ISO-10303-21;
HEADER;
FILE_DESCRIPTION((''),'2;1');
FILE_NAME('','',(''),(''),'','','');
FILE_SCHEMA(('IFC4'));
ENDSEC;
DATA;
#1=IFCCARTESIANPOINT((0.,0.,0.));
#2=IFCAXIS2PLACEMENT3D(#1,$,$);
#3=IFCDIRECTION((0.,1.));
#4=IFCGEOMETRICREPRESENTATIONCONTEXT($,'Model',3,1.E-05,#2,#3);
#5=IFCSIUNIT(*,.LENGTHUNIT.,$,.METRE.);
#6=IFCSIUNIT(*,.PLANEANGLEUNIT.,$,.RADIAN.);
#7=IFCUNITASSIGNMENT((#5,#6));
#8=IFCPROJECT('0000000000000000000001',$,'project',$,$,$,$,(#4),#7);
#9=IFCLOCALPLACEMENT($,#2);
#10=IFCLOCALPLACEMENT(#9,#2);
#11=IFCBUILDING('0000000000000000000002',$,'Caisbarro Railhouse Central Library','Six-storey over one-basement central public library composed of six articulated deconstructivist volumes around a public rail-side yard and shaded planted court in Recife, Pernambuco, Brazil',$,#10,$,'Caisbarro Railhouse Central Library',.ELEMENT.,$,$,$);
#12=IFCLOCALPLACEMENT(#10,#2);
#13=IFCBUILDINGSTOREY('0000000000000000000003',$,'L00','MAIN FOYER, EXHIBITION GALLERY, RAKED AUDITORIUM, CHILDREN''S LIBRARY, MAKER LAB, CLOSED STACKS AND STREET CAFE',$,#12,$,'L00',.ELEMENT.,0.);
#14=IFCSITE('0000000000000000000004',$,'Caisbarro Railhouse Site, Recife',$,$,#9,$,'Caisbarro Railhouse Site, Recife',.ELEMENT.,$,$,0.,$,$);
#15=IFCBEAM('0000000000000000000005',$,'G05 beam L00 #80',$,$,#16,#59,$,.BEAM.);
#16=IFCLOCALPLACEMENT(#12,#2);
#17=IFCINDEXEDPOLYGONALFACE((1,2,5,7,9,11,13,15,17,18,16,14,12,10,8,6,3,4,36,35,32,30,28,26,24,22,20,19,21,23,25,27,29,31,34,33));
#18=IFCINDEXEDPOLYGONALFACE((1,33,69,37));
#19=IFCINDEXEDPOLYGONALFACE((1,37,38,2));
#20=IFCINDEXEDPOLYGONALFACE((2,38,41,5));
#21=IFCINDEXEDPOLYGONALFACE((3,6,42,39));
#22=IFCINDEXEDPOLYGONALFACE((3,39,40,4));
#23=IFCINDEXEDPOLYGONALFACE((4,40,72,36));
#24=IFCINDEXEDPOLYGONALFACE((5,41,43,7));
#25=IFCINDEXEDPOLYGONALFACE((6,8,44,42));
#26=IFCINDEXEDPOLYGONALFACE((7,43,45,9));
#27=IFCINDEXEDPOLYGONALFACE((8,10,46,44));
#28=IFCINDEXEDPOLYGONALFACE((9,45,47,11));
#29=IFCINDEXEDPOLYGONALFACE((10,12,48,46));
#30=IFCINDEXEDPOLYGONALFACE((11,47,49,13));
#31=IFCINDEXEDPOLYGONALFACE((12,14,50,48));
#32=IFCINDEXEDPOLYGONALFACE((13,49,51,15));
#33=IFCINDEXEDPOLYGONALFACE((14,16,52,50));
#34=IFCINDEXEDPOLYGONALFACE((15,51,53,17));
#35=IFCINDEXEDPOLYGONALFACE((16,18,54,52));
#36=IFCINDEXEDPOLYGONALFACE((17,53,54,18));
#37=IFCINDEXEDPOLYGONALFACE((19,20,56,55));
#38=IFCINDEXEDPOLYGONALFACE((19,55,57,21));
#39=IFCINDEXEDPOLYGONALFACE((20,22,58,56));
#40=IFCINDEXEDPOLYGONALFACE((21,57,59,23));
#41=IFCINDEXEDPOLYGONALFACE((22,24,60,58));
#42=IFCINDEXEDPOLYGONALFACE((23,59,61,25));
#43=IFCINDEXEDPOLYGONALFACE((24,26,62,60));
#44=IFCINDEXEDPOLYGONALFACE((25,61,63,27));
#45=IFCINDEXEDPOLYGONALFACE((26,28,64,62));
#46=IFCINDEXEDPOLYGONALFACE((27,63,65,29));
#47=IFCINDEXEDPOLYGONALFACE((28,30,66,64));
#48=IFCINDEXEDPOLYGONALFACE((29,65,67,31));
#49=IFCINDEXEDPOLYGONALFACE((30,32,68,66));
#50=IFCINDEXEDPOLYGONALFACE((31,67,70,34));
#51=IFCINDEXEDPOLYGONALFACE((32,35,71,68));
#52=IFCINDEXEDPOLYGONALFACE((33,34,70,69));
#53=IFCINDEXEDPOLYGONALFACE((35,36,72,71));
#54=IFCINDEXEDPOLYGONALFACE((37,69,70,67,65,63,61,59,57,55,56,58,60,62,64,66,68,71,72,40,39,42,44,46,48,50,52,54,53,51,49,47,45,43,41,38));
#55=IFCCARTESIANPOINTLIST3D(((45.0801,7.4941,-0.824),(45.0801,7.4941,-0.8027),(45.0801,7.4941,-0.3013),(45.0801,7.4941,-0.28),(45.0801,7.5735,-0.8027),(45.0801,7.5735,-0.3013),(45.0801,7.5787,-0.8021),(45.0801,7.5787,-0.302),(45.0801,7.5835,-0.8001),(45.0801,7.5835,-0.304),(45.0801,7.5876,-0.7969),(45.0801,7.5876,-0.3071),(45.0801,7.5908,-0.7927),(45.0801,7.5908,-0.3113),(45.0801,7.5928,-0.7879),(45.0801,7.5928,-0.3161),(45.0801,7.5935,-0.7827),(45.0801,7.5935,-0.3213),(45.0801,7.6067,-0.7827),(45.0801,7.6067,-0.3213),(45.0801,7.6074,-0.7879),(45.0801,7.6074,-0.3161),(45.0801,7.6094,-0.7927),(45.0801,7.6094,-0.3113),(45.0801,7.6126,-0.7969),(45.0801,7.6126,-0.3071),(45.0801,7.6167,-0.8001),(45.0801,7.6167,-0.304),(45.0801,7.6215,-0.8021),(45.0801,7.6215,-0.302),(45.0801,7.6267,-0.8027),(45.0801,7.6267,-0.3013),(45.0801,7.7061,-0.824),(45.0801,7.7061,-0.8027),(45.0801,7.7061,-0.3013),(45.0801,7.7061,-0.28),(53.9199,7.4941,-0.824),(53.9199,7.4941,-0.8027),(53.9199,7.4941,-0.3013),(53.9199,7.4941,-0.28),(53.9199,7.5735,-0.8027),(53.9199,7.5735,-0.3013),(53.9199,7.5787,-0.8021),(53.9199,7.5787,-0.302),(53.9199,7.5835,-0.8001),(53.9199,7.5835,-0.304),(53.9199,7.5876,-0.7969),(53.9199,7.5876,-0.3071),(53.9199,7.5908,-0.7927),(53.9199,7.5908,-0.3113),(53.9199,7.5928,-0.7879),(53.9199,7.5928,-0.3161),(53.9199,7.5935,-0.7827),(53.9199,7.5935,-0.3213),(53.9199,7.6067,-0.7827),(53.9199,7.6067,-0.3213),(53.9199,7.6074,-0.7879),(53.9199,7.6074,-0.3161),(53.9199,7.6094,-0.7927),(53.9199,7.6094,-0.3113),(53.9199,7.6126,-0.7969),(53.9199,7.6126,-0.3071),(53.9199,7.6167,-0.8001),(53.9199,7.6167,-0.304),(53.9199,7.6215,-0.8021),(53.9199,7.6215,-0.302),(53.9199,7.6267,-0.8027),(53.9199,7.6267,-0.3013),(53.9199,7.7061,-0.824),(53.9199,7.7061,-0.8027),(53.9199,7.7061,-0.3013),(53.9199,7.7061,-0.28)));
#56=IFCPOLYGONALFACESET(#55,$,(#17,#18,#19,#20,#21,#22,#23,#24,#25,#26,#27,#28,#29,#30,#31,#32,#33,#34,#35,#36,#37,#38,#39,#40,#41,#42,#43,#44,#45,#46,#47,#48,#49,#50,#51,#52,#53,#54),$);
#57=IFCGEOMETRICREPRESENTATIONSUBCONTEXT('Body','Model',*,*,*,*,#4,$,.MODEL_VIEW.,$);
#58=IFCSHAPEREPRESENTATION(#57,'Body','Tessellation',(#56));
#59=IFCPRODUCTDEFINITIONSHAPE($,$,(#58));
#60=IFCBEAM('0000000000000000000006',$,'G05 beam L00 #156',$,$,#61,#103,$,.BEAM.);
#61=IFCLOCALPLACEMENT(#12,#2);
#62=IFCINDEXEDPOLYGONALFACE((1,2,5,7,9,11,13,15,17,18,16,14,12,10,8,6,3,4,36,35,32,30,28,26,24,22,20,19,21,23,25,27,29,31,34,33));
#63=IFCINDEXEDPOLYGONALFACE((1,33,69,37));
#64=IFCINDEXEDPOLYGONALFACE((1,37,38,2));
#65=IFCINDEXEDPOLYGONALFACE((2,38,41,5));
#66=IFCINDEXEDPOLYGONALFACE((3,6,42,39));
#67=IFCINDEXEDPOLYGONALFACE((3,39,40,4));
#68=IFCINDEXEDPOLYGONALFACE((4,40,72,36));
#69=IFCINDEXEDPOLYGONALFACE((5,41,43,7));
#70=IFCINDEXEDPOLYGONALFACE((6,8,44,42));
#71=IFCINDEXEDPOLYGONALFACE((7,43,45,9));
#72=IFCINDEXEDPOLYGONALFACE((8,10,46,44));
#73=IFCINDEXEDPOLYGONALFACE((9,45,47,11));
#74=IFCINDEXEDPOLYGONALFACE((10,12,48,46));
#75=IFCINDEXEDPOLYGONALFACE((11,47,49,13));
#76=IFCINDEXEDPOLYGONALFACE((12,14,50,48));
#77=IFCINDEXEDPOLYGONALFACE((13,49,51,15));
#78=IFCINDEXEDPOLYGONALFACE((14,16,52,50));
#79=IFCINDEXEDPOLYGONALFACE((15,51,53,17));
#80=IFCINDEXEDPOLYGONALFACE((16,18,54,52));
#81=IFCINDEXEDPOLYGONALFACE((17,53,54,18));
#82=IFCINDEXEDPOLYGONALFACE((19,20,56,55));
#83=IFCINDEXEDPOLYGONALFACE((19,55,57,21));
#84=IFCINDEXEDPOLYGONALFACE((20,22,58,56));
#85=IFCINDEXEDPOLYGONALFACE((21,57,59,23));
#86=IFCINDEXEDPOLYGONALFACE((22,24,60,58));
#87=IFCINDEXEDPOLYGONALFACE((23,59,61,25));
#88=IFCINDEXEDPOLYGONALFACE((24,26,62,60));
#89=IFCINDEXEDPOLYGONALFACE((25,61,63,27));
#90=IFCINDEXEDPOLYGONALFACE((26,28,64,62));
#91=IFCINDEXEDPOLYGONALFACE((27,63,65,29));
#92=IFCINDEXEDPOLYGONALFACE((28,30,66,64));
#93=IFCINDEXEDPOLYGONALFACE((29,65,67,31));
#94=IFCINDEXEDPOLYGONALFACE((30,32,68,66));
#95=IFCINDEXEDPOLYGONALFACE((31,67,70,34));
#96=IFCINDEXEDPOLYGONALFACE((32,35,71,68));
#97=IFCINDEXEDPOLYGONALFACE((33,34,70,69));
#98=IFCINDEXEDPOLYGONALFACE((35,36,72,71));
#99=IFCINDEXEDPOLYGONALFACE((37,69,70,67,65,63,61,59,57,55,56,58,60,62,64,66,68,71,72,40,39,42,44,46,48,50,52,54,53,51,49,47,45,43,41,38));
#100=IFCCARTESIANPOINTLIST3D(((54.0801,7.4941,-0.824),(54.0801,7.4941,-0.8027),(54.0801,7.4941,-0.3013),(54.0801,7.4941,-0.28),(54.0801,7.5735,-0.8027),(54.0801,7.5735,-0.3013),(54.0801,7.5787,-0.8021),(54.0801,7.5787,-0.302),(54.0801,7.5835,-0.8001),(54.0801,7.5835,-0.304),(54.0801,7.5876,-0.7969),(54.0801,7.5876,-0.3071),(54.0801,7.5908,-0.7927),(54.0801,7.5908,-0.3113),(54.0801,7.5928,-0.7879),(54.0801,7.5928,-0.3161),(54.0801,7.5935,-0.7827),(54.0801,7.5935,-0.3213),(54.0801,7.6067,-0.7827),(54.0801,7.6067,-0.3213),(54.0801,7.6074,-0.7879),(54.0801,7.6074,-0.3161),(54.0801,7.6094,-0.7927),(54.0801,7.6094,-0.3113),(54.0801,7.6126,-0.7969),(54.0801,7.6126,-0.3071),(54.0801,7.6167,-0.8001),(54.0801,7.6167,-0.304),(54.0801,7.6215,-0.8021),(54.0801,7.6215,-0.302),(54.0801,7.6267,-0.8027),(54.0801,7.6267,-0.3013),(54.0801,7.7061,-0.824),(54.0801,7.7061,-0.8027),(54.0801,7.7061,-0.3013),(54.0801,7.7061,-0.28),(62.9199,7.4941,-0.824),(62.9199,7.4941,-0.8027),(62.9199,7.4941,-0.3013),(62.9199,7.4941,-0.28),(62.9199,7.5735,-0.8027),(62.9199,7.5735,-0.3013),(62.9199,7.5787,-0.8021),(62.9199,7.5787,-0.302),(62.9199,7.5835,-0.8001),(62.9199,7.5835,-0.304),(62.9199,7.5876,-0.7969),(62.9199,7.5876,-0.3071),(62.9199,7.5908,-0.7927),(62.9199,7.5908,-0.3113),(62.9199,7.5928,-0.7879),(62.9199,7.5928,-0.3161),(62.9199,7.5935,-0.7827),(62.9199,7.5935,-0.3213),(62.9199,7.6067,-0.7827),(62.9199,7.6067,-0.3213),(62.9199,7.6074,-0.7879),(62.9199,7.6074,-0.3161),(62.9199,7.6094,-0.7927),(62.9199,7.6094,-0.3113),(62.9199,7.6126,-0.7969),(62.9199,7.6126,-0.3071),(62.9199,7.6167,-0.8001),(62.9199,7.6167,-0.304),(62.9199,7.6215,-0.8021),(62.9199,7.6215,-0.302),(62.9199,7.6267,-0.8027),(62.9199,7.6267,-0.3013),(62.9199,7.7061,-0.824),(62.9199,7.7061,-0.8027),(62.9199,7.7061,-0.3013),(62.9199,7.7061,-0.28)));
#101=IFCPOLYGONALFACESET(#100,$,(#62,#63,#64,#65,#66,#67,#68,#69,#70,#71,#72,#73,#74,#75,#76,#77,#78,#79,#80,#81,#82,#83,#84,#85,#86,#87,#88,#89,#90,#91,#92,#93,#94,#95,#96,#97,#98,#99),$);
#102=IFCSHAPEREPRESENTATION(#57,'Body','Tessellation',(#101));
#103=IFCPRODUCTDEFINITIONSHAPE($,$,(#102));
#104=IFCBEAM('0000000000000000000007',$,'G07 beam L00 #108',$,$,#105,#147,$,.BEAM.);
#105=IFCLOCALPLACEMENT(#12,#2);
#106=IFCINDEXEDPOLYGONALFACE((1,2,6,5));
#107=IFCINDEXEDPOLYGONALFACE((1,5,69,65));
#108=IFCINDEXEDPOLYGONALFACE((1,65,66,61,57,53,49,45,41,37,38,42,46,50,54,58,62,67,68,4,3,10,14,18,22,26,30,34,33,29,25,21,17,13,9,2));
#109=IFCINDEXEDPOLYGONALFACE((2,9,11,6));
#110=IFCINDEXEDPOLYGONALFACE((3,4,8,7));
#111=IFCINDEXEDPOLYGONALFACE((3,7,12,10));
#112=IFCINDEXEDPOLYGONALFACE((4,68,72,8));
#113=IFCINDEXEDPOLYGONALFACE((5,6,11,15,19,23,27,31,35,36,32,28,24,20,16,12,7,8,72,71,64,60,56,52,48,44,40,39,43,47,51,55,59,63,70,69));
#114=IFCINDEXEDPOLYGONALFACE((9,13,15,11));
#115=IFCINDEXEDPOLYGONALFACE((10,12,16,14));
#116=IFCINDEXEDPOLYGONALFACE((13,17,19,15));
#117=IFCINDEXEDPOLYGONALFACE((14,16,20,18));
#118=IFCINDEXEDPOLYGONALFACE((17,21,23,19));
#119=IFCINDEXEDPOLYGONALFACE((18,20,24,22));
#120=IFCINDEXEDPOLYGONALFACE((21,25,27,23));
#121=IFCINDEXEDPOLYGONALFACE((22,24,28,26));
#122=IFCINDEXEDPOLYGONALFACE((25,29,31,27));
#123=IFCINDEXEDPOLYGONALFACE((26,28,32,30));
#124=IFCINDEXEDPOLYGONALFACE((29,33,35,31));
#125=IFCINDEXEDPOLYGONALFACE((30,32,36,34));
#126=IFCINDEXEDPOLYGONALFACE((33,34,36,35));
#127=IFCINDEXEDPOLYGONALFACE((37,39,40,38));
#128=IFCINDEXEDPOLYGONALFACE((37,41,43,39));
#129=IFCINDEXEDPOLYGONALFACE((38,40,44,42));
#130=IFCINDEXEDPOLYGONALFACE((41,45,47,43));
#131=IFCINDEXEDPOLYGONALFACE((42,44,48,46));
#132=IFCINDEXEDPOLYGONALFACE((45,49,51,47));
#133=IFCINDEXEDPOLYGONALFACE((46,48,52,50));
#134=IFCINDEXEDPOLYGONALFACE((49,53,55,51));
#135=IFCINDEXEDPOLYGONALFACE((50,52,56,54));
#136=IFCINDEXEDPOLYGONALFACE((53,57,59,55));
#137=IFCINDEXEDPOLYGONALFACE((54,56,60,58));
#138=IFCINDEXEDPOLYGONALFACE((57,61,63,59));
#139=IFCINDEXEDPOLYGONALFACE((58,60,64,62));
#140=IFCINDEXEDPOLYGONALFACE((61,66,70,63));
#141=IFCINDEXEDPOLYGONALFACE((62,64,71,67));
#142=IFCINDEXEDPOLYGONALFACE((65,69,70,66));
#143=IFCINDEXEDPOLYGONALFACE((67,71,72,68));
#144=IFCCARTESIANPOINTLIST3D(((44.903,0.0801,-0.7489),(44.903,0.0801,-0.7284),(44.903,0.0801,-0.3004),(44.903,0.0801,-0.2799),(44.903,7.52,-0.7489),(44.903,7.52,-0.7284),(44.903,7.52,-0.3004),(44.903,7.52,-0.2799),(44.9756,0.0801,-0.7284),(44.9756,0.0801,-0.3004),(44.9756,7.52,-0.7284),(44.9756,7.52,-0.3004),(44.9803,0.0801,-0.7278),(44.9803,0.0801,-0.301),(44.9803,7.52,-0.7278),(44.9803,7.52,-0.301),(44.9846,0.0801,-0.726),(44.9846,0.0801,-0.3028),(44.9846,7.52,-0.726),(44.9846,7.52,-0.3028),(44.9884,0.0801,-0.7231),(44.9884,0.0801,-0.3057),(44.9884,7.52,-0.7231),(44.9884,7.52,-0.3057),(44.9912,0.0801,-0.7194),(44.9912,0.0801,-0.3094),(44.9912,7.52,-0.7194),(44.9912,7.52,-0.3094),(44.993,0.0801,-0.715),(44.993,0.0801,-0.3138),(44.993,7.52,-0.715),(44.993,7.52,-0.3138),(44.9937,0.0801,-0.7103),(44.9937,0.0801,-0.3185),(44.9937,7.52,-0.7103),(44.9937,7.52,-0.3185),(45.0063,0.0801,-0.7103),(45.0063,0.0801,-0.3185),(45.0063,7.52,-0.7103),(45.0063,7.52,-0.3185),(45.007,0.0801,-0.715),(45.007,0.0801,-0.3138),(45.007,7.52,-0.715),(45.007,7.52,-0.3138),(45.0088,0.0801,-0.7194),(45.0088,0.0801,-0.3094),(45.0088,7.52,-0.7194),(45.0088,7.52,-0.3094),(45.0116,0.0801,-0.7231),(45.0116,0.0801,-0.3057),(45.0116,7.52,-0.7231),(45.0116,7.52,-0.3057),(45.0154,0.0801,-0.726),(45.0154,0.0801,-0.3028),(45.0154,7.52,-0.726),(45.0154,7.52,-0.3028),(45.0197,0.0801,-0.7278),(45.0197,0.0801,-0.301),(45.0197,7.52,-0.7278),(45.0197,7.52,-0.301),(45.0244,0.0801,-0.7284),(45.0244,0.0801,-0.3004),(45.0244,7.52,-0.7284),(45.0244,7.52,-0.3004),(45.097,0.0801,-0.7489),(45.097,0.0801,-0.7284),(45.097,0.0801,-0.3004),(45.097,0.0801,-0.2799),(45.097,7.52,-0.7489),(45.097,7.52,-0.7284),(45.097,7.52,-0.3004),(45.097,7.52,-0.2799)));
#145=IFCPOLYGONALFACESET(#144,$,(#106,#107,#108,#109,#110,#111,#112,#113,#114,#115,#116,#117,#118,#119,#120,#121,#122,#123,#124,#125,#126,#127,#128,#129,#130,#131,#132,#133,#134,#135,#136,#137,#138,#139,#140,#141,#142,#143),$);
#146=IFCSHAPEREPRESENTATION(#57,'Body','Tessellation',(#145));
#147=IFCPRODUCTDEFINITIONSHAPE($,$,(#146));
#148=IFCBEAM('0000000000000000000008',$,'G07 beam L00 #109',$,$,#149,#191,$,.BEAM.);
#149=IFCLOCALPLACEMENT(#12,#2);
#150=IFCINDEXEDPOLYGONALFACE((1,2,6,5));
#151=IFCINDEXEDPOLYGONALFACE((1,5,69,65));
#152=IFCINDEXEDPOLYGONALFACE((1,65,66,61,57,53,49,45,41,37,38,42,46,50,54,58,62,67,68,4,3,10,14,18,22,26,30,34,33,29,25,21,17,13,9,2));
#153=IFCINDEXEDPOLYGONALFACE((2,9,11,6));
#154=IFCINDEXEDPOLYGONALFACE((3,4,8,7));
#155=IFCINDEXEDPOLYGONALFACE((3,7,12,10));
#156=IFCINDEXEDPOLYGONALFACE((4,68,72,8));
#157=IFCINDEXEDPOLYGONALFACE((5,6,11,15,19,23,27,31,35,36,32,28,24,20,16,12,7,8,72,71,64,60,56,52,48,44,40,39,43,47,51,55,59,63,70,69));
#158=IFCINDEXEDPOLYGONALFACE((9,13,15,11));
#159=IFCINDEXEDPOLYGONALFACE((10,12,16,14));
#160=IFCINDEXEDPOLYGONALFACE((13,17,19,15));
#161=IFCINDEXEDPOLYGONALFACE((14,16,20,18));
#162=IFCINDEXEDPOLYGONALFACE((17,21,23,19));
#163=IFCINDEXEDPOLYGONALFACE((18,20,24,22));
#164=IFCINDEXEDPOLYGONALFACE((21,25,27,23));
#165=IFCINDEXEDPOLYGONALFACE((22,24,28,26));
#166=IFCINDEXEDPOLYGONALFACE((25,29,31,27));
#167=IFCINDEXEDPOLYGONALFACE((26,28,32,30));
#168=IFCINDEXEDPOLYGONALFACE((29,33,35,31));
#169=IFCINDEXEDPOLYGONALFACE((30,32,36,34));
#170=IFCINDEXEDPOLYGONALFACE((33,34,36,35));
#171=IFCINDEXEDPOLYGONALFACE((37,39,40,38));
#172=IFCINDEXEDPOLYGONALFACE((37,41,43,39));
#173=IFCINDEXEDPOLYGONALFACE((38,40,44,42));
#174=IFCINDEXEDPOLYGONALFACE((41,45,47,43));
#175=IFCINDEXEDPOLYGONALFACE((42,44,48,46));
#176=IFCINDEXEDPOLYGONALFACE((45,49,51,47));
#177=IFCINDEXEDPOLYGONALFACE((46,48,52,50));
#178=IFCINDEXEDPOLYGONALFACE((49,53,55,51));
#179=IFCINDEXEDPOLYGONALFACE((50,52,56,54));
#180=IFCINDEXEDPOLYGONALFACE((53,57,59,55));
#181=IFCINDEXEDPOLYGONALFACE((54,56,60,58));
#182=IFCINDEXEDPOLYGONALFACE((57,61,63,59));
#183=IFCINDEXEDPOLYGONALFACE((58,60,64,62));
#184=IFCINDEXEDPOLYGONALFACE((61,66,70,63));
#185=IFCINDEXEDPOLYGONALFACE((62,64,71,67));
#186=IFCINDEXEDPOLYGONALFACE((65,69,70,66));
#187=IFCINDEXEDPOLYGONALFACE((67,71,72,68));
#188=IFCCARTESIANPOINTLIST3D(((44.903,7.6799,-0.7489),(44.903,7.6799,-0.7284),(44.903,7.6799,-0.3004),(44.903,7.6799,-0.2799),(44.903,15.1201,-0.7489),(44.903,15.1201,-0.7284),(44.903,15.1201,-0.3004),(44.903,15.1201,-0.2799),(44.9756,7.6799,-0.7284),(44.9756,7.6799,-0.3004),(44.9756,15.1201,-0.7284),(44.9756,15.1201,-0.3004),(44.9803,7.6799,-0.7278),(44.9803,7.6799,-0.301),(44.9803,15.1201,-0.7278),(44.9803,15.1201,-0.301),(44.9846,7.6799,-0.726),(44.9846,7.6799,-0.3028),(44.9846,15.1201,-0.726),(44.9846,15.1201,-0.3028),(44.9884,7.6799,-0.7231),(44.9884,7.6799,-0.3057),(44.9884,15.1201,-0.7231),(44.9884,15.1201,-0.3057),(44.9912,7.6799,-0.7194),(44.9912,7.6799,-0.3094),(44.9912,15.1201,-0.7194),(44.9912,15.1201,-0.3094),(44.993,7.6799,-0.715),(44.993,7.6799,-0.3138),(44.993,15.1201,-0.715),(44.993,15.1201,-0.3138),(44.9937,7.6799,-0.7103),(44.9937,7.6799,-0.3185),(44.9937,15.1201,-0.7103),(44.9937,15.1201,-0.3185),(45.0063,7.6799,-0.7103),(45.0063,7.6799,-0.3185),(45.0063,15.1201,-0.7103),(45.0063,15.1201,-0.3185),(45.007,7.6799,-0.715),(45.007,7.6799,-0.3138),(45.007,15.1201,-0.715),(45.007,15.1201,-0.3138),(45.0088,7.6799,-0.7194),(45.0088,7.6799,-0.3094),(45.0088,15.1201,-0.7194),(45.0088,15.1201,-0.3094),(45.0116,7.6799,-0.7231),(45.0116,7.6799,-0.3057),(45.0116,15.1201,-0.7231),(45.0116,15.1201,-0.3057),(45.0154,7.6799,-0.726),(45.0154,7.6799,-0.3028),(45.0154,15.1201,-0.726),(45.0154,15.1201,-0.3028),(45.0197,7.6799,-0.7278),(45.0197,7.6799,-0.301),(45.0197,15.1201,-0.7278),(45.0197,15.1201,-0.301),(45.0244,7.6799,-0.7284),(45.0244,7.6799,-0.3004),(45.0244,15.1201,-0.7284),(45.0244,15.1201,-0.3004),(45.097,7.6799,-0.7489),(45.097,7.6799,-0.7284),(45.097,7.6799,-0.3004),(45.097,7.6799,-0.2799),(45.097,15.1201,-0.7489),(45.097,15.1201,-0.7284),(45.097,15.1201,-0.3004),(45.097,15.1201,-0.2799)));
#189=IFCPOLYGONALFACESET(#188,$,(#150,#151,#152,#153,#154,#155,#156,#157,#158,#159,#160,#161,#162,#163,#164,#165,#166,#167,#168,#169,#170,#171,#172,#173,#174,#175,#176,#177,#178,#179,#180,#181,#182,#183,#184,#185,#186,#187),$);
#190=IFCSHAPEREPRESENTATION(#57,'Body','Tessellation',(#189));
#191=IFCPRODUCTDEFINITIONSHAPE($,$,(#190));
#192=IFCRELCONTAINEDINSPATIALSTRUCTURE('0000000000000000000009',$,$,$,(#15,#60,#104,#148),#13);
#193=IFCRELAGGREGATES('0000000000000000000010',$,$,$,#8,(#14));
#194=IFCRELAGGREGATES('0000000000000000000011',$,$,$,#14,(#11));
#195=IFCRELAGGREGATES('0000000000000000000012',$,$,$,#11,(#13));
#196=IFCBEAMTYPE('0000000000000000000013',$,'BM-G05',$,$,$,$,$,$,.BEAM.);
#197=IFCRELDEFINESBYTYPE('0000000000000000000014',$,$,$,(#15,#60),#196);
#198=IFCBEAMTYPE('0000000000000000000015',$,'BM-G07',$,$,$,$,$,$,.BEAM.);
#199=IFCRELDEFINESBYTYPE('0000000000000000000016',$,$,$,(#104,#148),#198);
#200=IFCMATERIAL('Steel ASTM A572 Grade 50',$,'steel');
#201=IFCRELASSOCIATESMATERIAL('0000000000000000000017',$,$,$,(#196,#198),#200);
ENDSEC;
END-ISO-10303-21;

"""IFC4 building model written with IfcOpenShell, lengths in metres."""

from ifc_helpers import new_model, si_unit, direction, frame, origin, origin_2d, place, context, subcontext, project, spatial, i_section, extrude, material, material_profile, profile_set, type_object, element, save


model = new_model("IFC4")

# Units and contexts
model_context = context("Model", 3, precision=1e-05, world=origin(), true_north=direction((0.0, 1.0)))
body_context = subcontext(model_context, "Body", "Model", "MODEL_VIEW")
ifc_project = project(units=[si_unit("LENGTHUNIT", "METRE"), si_unit("PLANEANGLEUNIT", "RADIAN")], contexts=[model_context])

# Site, building, storey
site_placement = place(None, origin())
site = spatial("IfcSite", under=ifc_project, at=site_placement, Name="Caisbarro Railhouse Site, Recife", LongName="Caisbarro Railhouse Site, Recife", CompositionType="ELEMENT", RefElevation=0.0)
building_placement = place(site_placement, origin())
building = spatial("IfcBuilding", under=site, at=building_placement, Name="Caisbarro Railhouse Central Library", Description="Six-storey over one-basement central public library composed of six articulated deconstructivist volumes around a public rail-side yard and shaded planted court in Recife, Pernambuco, Brazil", LongName="Caisbarro Railhouse Central Library", CompositionType="ELEMENT")
storey_placement = place(building_placement, origin())
storey = spatial("IfcBuildingStorey", under=building, at=storey_placement, Name="L00", Description="MAIN FOYER, EXHIBITION GALLERY, RAKED AUDITORIUM, CHILDREN'S LIBRARY, MAKER LAB, CLOSED STACKS AND STREET CAFE", LongName="L00", CompositionType="ELEMENT", Elevation=0.0)

# Shared definitions
ifc_material_1 = material(Name="Steel ASTM A572 Grade 50", Category="steel")

# Beams
ifc_material_profile_1 = material_profile(ifc_material_1, i_section(OverallWidth=0.2119, OverallDepth=0.5439, WebThickness=0.0132, FlangeThickness=0.0212, FilletRadius=0.02, at=origin_2d()), Name="W530X123.0")
ifc_profile_set_1 = profile_set([ifc_material_profile_1], Name="Steel ASTM A572 Grade 50")
beam_type_1 = type_object("IfcBeamType", Name="BM-G05", PredefinedType="BEAM", material=ifc_profile_set_1)
for number, where, z_axis, x_axis, name in (
    (1, (45.0801, 7.6001, -0.552), (1.0, 0.0, 0.0), (0.0, 1.0, 0.0), "G05 beam L00 #80"),
    (2, (54.0801, 7.6001, -0.552), (1.0, 0.0, 0.0), (0.0, 1.0, 0.0), "G05 beam L00 #156"),
):
    element("IfcBeam", number, at=place(storey_placement, frame(where, z_axis=z_axis, x_axis=x_axis)), inside=storey, type_object=beam_type_1, Name=name, PredefinedType="BEAM", context=body_context, shape_type="SweptSolid", body=[
        extrude(i_section(OverallWidth=0.2119, OverallDepth=0.5439, WebThickness=0.0132, FlangeThickness=0.0212, FilletRadius=0.02, at=origin_2d()), origin(), (0.0, 0.0, 1.0), 8.8398),
    ])
ifc_material_profile_2 = material_profile(ifc_material_1, i_section(OverallWidth=0.1941, OverallDepth=0.469, WebThickness=0.0127, FlangeThickness=0.0205, FilletRadius=0.0181, at=origin_2d()), Name="W460X106.0")
ifc_profile_set_2 = profile_set([ifc_material_profile_2], Name="Steel ASTM A572 Grade 50")
beam_type_2 = type_object("IfcBeamType", Name="BM-G07", PredefinedType="BEAM", material=ifc_profile_set_2)
beam_1_placement = place(storey_placement, frame((45.0, 0.0801, -0.5144), z_axis=(0.0, 1.0, 0.0), x_axis=(-1.0, 0.0, 0.0)))
element("IfcBeam", 3, at=beam_1_placement, inside=storey, type_object=beam_type_2, Name="G07 beam L00 #108", PredefinedType="BEAM", context=body_context, shape_type="SweptSolid", body=[
    extrude(i_section(OverallWidth=0.1941, OverallDepth=0.469, WebThickness=0.0127, FlangeThickness=0.0205, FilletRadius=0.0181, at=origin_2d()), origin(), (0.0, 0.0, 1.0), 7.4399),
])
beam_2_placement = place(storey_placement, frame((45.0, 7.6799, -0.5144), z_axis=(0.0, 1.0, 0.0), x_axis=(-1.0, 0.0, 0.0)))
element("IfcBeam", 4, at=beam_2_placement, inside=storey, type_object=beam_type_2, Name="G07 beam L00 #109", PredefinedType="BEAM", context=body_context, shape_type="SweptSolid", body=[
    extrude(i_section(OverallWidth=0.1941, OverallDepth=0.469, WebThickness=0.0127, FlangeThickness=0.0205, FilletRadius=0.0181, at=origin_2d()), origin(), (0.0, 0.0, 1.0), 7.4402),
])

save(model, "model.ifc")
